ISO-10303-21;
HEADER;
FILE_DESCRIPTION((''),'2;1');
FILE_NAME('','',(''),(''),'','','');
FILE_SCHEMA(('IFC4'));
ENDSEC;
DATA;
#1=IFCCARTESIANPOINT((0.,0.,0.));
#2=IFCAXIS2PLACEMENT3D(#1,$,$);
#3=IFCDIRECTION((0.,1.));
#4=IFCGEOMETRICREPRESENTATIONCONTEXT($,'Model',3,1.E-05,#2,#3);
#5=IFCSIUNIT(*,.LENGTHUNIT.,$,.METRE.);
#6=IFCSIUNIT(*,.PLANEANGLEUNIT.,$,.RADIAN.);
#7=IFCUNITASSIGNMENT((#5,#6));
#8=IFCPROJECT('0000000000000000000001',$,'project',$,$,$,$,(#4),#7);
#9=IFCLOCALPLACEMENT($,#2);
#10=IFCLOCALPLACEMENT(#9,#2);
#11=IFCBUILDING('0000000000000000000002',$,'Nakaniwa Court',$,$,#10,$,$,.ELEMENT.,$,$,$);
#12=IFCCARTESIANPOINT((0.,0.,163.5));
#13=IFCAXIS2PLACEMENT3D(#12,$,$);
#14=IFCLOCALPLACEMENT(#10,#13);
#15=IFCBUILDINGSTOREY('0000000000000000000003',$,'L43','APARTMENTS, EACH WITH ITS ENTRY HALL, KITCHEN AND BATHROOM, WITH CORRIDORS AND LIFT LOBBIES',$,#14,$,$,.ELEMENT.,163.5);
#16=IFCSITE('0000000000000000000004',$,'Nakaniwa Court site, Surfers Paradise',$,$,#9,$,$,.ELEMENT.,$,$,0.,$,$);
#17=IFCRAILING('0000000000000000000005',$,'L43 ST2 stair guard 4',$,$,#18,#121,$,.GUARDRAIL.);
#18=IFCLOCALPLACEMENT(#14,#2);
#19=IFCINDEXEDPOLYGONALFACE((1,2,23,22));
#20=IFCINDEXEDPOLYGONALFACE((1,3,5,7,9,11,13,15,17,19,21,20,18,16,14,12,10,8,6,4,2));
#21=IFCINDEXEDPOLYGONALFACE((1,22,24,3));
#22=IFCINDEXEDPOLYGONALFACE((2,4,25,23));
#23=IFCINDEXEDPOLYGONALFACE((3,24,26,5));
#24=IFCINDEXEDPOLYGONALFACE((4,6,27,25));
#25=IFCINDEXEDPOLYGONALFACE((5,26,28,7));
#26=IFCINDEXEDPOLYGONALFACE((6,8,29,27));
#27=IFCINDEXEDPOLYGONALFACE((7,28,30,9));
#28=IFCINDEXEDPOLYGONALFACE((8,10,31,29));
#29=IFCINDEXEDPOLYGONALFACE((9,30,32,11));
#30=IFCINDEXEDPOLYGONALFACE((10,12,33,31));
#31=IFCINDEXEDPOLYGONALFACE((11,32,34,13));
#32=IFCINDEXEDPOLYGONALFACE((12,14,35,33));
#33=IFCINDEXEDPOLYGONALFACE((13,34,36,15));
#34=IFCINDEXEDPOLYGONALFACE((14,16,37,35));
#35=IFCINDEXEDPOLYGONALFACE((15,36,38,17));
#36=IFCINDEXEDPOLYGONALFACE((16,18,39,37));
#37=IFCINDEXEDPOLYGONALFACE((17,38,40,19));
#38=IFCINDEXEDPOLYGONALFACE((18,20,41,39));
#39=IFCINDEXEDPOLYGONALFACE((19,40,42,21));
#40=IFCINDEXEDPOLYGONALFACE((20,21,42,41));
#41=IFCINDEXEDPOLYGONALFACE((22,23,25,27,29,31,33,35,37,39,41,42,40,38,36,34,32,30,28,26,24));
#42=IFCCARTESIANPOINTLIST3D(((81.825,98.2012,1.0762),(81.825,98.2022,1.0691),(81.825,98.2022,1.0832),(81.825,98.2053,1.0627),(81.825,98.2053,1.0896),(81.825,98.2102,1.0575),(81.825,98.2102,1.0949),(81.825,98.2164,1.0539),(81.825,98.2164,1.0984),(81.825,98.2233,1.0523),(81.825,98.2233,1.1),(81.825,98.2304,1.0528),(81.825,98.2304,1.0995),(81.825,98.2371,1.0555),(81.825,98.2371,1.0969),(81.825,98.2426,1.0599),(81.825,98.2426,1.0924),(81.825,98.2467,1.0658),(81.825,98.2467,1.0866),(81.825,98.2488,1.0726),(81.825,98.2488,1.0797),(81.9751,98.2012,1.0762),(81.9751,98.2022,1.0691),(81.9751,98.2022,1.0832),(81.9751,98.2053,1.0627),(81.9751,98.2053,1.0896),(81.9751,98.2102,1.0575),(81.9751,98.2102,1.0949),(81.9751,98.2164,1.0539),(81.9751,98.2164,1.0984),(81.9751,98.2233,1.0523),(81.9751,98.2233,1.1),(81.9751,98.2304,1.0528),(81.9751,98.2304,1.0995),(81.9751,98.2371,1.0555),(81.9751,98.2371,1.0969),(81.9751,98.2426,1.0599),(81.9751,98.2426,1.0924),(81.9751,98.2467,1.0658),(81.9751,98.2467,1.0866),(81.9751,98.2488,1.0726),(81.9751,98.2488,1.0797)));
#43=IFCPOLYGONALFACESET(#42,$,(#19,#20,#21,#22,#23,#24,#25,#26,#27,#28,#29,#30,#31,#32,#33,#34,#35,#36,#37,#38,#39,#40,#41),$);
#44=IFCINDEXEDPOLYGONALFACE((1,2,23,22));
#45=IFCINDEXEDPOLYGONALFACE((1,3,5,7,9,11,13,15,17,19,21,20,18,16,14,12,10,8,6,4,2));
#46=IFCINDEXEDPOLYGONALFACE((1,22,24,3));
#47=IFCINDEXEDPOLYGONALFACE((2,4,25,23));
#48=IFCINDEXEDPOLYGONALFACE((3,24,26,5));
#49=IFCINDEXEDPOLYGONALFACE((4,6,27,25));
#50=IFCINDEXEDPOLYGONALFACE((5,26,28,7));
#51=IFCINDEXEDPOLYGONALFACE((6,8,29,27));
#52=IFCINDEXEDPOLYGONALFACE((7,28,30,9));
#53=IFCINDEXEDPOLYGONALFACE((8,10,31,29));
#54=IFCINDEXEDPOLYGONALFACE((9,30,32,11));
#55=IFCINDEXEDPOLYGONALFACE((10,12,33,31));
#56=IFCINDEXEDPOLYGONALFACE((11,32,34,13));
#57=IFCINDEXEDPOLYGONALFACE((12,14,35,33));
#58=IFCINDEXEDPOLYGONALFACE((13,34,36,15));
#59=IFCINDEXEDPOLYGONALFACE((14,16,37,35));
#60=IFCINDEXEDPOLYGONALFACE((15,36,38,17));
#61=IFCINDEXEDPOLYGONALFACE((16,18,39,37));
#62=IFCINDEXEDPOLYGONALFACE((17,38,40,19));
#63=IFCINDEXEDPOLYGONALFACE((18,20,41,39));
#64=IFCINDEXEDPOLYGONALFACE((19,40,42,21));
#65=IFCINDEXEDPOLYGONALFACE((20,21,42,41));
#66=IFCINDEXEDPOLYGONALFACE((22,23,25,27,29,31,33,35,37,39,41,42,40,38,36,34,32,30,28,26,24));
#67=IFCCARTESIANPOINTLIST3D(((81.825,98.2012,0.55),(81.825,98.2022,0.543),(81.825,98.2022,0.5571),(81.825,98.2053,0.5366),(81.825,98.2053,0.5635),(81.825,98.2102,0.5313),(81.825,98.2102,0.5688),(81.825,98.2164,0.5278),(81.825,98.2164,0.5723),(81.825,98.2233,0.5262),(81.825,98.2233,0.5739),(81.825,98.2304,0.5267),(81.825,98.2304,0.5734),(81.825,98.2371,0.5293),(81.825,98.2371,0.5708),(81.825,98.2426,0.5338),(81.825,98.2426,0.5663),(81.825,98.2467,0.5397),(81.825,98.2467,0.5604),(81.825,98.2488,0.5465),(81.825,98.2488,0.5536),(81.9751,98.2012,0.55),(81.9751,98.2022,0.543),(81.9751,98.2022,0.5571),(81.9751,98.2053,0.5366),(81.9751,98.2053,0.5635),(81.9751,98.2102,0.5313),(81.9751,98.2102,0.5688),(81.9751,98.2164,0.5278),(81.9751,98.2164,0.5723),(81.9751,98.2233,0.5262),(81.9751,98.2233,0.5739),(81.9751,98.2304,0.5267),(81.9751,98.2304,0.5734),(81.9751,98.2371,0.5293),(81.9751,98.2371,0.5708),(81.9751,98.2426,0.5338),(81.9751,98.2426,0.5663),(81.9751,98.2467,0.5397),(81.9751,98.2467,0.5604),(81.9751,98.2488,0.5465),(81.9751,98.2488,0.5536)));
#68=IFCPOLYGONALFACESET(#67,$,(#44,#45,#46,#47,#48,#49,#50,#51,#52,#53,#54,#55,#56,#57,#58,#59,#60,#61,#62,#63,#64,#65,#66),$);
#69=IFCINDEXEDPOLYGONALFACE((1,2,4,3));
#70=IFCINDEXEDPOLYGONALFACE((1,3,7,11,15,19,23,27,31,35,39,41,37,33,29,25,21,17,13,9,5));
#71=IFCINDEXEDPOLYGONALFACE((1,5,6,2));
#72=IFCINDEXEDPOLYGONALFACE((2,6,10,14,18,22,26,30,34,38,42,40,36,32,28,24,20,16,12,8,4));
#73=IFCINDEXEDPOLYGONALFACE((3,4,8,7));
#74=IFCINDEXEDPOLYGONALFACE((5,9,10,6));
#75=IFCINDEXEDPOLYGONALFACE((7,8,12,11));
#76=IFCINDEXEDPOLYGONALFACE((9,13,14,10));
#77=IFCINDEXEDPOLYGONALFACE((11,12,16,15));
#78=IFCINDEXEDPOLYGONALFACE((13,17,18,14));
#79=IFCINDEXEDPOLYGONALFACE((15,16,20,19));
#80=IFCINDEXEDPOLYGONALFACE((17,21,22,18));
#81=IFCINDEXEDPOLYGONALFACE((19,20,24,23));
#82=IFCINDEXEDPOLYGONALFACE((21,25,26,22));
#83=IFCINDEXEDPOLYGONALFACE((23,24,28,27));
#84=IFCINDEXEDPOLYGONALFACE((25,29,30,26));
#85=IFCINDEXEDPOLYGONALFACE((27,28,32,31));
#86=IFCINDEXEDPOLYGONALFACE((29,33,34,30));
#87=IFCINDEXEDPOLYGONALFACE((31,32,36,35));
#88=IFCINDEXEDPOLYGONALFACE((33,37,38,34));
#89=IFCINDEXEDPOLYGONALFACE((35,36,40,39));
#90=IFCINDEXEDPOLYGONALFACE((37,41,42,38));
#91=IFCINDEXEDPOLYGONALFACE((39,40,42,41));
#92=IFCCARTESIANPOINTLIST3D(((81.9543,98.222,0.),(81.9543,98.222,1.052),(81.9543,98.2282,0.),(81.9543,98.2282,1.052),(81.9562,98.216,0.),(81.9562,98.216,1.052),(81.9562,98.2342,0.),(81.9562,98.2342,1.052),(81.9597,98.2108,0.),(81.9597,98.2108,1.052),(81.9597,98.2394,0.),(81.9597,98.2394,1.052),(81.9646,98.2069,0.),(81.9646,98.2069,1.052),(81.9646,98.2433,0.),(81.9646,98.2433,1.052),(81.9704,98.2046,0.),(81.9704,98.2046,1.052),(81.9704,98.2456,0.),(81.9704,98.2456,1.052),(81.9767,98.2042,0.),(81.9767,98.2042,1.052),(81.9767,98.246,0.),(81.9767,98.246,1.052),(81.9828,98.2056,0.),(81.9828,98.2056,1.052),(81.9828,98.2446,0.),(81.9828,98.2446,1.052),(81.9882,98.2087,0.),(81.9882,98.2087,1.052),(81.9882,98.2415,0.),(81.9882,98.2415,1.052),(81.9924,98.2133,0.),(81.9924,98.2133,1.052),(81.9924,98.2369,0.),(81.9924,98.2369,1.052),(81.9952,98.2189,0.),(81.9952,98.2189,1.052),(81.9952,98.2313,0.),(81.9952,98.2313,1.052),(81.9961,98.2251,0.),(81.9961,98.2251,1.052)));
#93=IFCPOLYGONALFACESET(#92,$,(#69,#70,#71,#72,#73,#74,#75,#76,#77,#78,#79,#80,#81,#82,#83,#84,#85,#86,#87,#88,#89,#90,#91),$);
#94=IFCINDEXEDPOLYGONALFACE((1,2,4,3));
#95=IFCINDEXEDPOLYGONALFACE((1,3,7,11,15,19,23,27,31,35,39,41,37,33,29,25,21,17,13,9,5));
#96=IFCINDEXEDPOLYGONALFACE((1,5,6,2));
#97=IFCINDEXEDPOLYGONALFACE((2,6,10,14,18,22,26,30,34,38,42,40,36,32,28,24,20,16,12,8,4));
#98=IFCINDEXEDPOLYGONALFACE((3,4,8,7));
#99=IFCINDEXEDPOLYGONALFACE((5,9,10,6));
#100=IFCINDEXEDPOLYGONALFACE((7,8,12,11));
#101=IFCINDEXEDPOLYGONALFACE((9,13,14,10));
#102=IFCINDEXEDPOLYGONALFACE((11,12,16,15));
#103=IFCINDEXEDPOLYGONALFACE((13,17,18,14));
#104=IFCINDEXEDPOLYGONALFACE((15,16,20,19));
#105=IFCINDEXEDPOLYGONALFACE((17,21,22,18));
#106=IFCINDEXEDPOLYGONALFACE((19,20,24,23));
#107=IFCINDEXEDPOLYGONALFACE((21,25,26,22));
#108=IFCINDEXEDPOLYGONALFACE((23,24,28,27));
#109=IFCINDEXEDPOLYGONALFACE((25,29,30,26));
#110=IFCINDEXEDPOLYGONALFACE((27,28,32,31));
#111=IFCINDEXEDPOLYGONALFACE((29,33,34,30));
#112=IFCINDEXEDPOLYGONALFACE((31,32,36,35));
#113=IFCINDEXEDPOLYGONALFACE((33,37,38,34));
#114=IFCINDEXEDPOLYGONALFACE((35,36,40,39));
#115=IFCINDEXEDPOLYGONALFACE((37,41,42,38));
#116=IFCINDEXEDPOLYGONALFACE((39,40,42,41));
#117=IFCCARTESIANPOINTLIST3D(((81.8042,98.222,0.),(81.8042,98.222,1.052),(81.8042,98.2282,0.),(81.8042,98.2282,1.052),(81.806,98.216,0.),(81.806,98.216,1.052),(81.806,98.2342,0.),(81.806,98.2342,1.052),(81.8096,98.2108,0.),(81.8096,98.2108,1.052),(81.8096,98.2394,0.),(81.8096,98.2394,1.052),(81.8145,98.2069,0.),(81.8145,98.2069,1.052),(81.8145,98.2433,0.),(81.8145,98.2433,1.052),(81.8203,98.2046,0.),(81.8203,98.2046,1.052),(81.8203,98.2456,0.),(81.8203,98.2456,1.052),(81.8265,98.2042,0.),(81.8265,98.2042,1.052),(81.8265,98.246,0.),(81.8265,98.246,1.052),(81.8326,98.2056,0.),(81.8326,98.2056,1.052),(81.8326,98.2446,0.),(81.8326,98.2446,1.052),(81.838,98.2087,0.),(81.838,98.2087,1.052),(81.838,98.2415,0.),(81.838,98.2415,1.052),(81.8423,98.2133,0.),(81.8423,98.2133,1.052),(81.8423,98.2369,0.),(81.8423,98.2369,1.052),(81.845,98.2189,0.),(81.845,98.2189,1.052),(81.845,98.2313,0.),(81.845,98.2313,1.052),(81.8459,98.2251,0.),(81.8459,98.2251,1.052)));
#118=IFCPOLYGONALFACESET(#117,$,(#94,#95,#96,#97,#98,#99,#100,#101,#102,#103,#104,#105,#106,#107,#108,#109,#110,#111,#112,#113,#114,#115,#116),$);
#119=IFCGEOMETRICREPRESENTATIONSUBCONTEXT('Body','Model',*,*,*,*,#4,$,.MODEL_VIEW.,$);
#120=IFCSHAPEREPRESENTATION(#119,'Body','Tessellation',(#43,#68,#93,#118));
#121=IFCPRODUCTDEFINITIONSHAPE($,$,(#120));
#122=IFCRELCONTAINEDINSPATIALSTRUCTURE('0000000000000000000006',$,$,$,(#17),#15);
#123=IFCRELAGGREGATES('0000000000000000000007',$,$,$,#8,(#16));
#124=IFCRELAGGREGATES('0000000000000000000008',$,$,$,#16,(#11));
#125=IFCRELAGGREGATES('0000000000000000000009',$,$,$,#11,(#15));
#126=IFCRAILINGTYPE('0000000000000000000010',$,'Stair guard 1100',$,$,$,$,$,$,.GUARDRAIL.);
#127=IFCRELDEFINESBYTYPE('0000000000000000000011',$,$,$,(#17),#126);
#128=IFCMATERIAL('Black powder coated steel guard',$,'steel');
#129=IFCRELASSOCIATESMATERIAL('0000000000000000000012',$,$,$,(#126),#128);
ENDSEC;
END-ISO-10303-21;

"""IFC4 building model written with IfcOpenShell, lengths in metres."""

from ifc_helpers import new_model, si_unit, direction, frame, origin, origin_2d, place, context, subcontext, project, spatial, circle, extrude, material, type_object, element, save


model = new_model("IFC4")

# Units and contexts
model_context = context("Model", 3, precision=1e-05, world=origin(), true_north=direction((0.0, 1.0)))
body_context = subcontext(model_context, "Body", "Model", "MODEL_VIEW")
ifc_project = project(units=[si_unit("LENGTHUNIT", "METRE"), si_unit("PLANEANGLEUNIT", "RADIAN")], contexts=[model_context])

# Site, building, storey
site_placement = place(None, origin())
site = spatial("IfcSite", under=ifc_project, at=site_placement, Name="Nakaniwa Court site, Surfers Paradise", CompositionType="ELEMENT", RefElevation=0.0)
building_placement = place(site_placement, origin())
building = spatial("IfcBuilding", under=site, at=building_placement, Name="Nakaniwa Court", CompositionType="ELEMENT")
storey_placement = place(building_placement, frame((0.0, 0.0, 163.5)))
storey = spatial("IfcBuildingStorey", under=building, at=storey_placement, Name="L43", Description="APARTMENTS, EACH WITH ITS ENTRY HALL, KITCHEN AND BATHROOM, WITH CORRIDORS AND LIFT LOBBIES", CompositionType="ELEMENT", Elevation=163.5)

# Railing
ifc_material_1 = material(Name="Black powder coated steel guard", Category="steel")
railing_type_1 = type_object("IfcRailingType", Name="Stair guard 1100", PredefinedType="GUARDRAIL", material=ifc_material_1)
railing_1_placement = place(storey_placement, frame((81.9751, 98.2251, 0.0)))
element("IfcRailing", 1, at=railing_1_placement, inside=storey, type_object=railing_type_1, Name="L43 ST2 stair guard 4", PredefinedType="GUARDRAIL", context=body_context, shape_type="SweptSolid", body=[
    extrude(circle(Radius=0.0239, at=origin_2d()), frame((0.0, 0.0, 1.0762), z_axis=(-1.0, 0.0, 0.0), x_axis=(0.0, -1.0, 0.0)), (0.0, 0.0, 1.0), 0.1501),
    extrude(circle(Radius=0.0239, at=origin_2d()), frame((0.0, 0.0, 0.55), z_axis=(-1.0, 0.0, 0.0), x_axis=(0.0, -1.0, 0.0)), (0.0, 0.0, 1.0), 0.1501),
    extrude(circle(Radius=0.021, at=origin_2d()), origin(), (0.0, 0.0, 1.0), 1.052),
    extrude(circle(Radius=0.021, at=origin_2d()), frame((-0.1501, 0.0, 0.0)), (0.0, 0.0, 1.0), 1.052),
])

save(model, "model.ifc")
